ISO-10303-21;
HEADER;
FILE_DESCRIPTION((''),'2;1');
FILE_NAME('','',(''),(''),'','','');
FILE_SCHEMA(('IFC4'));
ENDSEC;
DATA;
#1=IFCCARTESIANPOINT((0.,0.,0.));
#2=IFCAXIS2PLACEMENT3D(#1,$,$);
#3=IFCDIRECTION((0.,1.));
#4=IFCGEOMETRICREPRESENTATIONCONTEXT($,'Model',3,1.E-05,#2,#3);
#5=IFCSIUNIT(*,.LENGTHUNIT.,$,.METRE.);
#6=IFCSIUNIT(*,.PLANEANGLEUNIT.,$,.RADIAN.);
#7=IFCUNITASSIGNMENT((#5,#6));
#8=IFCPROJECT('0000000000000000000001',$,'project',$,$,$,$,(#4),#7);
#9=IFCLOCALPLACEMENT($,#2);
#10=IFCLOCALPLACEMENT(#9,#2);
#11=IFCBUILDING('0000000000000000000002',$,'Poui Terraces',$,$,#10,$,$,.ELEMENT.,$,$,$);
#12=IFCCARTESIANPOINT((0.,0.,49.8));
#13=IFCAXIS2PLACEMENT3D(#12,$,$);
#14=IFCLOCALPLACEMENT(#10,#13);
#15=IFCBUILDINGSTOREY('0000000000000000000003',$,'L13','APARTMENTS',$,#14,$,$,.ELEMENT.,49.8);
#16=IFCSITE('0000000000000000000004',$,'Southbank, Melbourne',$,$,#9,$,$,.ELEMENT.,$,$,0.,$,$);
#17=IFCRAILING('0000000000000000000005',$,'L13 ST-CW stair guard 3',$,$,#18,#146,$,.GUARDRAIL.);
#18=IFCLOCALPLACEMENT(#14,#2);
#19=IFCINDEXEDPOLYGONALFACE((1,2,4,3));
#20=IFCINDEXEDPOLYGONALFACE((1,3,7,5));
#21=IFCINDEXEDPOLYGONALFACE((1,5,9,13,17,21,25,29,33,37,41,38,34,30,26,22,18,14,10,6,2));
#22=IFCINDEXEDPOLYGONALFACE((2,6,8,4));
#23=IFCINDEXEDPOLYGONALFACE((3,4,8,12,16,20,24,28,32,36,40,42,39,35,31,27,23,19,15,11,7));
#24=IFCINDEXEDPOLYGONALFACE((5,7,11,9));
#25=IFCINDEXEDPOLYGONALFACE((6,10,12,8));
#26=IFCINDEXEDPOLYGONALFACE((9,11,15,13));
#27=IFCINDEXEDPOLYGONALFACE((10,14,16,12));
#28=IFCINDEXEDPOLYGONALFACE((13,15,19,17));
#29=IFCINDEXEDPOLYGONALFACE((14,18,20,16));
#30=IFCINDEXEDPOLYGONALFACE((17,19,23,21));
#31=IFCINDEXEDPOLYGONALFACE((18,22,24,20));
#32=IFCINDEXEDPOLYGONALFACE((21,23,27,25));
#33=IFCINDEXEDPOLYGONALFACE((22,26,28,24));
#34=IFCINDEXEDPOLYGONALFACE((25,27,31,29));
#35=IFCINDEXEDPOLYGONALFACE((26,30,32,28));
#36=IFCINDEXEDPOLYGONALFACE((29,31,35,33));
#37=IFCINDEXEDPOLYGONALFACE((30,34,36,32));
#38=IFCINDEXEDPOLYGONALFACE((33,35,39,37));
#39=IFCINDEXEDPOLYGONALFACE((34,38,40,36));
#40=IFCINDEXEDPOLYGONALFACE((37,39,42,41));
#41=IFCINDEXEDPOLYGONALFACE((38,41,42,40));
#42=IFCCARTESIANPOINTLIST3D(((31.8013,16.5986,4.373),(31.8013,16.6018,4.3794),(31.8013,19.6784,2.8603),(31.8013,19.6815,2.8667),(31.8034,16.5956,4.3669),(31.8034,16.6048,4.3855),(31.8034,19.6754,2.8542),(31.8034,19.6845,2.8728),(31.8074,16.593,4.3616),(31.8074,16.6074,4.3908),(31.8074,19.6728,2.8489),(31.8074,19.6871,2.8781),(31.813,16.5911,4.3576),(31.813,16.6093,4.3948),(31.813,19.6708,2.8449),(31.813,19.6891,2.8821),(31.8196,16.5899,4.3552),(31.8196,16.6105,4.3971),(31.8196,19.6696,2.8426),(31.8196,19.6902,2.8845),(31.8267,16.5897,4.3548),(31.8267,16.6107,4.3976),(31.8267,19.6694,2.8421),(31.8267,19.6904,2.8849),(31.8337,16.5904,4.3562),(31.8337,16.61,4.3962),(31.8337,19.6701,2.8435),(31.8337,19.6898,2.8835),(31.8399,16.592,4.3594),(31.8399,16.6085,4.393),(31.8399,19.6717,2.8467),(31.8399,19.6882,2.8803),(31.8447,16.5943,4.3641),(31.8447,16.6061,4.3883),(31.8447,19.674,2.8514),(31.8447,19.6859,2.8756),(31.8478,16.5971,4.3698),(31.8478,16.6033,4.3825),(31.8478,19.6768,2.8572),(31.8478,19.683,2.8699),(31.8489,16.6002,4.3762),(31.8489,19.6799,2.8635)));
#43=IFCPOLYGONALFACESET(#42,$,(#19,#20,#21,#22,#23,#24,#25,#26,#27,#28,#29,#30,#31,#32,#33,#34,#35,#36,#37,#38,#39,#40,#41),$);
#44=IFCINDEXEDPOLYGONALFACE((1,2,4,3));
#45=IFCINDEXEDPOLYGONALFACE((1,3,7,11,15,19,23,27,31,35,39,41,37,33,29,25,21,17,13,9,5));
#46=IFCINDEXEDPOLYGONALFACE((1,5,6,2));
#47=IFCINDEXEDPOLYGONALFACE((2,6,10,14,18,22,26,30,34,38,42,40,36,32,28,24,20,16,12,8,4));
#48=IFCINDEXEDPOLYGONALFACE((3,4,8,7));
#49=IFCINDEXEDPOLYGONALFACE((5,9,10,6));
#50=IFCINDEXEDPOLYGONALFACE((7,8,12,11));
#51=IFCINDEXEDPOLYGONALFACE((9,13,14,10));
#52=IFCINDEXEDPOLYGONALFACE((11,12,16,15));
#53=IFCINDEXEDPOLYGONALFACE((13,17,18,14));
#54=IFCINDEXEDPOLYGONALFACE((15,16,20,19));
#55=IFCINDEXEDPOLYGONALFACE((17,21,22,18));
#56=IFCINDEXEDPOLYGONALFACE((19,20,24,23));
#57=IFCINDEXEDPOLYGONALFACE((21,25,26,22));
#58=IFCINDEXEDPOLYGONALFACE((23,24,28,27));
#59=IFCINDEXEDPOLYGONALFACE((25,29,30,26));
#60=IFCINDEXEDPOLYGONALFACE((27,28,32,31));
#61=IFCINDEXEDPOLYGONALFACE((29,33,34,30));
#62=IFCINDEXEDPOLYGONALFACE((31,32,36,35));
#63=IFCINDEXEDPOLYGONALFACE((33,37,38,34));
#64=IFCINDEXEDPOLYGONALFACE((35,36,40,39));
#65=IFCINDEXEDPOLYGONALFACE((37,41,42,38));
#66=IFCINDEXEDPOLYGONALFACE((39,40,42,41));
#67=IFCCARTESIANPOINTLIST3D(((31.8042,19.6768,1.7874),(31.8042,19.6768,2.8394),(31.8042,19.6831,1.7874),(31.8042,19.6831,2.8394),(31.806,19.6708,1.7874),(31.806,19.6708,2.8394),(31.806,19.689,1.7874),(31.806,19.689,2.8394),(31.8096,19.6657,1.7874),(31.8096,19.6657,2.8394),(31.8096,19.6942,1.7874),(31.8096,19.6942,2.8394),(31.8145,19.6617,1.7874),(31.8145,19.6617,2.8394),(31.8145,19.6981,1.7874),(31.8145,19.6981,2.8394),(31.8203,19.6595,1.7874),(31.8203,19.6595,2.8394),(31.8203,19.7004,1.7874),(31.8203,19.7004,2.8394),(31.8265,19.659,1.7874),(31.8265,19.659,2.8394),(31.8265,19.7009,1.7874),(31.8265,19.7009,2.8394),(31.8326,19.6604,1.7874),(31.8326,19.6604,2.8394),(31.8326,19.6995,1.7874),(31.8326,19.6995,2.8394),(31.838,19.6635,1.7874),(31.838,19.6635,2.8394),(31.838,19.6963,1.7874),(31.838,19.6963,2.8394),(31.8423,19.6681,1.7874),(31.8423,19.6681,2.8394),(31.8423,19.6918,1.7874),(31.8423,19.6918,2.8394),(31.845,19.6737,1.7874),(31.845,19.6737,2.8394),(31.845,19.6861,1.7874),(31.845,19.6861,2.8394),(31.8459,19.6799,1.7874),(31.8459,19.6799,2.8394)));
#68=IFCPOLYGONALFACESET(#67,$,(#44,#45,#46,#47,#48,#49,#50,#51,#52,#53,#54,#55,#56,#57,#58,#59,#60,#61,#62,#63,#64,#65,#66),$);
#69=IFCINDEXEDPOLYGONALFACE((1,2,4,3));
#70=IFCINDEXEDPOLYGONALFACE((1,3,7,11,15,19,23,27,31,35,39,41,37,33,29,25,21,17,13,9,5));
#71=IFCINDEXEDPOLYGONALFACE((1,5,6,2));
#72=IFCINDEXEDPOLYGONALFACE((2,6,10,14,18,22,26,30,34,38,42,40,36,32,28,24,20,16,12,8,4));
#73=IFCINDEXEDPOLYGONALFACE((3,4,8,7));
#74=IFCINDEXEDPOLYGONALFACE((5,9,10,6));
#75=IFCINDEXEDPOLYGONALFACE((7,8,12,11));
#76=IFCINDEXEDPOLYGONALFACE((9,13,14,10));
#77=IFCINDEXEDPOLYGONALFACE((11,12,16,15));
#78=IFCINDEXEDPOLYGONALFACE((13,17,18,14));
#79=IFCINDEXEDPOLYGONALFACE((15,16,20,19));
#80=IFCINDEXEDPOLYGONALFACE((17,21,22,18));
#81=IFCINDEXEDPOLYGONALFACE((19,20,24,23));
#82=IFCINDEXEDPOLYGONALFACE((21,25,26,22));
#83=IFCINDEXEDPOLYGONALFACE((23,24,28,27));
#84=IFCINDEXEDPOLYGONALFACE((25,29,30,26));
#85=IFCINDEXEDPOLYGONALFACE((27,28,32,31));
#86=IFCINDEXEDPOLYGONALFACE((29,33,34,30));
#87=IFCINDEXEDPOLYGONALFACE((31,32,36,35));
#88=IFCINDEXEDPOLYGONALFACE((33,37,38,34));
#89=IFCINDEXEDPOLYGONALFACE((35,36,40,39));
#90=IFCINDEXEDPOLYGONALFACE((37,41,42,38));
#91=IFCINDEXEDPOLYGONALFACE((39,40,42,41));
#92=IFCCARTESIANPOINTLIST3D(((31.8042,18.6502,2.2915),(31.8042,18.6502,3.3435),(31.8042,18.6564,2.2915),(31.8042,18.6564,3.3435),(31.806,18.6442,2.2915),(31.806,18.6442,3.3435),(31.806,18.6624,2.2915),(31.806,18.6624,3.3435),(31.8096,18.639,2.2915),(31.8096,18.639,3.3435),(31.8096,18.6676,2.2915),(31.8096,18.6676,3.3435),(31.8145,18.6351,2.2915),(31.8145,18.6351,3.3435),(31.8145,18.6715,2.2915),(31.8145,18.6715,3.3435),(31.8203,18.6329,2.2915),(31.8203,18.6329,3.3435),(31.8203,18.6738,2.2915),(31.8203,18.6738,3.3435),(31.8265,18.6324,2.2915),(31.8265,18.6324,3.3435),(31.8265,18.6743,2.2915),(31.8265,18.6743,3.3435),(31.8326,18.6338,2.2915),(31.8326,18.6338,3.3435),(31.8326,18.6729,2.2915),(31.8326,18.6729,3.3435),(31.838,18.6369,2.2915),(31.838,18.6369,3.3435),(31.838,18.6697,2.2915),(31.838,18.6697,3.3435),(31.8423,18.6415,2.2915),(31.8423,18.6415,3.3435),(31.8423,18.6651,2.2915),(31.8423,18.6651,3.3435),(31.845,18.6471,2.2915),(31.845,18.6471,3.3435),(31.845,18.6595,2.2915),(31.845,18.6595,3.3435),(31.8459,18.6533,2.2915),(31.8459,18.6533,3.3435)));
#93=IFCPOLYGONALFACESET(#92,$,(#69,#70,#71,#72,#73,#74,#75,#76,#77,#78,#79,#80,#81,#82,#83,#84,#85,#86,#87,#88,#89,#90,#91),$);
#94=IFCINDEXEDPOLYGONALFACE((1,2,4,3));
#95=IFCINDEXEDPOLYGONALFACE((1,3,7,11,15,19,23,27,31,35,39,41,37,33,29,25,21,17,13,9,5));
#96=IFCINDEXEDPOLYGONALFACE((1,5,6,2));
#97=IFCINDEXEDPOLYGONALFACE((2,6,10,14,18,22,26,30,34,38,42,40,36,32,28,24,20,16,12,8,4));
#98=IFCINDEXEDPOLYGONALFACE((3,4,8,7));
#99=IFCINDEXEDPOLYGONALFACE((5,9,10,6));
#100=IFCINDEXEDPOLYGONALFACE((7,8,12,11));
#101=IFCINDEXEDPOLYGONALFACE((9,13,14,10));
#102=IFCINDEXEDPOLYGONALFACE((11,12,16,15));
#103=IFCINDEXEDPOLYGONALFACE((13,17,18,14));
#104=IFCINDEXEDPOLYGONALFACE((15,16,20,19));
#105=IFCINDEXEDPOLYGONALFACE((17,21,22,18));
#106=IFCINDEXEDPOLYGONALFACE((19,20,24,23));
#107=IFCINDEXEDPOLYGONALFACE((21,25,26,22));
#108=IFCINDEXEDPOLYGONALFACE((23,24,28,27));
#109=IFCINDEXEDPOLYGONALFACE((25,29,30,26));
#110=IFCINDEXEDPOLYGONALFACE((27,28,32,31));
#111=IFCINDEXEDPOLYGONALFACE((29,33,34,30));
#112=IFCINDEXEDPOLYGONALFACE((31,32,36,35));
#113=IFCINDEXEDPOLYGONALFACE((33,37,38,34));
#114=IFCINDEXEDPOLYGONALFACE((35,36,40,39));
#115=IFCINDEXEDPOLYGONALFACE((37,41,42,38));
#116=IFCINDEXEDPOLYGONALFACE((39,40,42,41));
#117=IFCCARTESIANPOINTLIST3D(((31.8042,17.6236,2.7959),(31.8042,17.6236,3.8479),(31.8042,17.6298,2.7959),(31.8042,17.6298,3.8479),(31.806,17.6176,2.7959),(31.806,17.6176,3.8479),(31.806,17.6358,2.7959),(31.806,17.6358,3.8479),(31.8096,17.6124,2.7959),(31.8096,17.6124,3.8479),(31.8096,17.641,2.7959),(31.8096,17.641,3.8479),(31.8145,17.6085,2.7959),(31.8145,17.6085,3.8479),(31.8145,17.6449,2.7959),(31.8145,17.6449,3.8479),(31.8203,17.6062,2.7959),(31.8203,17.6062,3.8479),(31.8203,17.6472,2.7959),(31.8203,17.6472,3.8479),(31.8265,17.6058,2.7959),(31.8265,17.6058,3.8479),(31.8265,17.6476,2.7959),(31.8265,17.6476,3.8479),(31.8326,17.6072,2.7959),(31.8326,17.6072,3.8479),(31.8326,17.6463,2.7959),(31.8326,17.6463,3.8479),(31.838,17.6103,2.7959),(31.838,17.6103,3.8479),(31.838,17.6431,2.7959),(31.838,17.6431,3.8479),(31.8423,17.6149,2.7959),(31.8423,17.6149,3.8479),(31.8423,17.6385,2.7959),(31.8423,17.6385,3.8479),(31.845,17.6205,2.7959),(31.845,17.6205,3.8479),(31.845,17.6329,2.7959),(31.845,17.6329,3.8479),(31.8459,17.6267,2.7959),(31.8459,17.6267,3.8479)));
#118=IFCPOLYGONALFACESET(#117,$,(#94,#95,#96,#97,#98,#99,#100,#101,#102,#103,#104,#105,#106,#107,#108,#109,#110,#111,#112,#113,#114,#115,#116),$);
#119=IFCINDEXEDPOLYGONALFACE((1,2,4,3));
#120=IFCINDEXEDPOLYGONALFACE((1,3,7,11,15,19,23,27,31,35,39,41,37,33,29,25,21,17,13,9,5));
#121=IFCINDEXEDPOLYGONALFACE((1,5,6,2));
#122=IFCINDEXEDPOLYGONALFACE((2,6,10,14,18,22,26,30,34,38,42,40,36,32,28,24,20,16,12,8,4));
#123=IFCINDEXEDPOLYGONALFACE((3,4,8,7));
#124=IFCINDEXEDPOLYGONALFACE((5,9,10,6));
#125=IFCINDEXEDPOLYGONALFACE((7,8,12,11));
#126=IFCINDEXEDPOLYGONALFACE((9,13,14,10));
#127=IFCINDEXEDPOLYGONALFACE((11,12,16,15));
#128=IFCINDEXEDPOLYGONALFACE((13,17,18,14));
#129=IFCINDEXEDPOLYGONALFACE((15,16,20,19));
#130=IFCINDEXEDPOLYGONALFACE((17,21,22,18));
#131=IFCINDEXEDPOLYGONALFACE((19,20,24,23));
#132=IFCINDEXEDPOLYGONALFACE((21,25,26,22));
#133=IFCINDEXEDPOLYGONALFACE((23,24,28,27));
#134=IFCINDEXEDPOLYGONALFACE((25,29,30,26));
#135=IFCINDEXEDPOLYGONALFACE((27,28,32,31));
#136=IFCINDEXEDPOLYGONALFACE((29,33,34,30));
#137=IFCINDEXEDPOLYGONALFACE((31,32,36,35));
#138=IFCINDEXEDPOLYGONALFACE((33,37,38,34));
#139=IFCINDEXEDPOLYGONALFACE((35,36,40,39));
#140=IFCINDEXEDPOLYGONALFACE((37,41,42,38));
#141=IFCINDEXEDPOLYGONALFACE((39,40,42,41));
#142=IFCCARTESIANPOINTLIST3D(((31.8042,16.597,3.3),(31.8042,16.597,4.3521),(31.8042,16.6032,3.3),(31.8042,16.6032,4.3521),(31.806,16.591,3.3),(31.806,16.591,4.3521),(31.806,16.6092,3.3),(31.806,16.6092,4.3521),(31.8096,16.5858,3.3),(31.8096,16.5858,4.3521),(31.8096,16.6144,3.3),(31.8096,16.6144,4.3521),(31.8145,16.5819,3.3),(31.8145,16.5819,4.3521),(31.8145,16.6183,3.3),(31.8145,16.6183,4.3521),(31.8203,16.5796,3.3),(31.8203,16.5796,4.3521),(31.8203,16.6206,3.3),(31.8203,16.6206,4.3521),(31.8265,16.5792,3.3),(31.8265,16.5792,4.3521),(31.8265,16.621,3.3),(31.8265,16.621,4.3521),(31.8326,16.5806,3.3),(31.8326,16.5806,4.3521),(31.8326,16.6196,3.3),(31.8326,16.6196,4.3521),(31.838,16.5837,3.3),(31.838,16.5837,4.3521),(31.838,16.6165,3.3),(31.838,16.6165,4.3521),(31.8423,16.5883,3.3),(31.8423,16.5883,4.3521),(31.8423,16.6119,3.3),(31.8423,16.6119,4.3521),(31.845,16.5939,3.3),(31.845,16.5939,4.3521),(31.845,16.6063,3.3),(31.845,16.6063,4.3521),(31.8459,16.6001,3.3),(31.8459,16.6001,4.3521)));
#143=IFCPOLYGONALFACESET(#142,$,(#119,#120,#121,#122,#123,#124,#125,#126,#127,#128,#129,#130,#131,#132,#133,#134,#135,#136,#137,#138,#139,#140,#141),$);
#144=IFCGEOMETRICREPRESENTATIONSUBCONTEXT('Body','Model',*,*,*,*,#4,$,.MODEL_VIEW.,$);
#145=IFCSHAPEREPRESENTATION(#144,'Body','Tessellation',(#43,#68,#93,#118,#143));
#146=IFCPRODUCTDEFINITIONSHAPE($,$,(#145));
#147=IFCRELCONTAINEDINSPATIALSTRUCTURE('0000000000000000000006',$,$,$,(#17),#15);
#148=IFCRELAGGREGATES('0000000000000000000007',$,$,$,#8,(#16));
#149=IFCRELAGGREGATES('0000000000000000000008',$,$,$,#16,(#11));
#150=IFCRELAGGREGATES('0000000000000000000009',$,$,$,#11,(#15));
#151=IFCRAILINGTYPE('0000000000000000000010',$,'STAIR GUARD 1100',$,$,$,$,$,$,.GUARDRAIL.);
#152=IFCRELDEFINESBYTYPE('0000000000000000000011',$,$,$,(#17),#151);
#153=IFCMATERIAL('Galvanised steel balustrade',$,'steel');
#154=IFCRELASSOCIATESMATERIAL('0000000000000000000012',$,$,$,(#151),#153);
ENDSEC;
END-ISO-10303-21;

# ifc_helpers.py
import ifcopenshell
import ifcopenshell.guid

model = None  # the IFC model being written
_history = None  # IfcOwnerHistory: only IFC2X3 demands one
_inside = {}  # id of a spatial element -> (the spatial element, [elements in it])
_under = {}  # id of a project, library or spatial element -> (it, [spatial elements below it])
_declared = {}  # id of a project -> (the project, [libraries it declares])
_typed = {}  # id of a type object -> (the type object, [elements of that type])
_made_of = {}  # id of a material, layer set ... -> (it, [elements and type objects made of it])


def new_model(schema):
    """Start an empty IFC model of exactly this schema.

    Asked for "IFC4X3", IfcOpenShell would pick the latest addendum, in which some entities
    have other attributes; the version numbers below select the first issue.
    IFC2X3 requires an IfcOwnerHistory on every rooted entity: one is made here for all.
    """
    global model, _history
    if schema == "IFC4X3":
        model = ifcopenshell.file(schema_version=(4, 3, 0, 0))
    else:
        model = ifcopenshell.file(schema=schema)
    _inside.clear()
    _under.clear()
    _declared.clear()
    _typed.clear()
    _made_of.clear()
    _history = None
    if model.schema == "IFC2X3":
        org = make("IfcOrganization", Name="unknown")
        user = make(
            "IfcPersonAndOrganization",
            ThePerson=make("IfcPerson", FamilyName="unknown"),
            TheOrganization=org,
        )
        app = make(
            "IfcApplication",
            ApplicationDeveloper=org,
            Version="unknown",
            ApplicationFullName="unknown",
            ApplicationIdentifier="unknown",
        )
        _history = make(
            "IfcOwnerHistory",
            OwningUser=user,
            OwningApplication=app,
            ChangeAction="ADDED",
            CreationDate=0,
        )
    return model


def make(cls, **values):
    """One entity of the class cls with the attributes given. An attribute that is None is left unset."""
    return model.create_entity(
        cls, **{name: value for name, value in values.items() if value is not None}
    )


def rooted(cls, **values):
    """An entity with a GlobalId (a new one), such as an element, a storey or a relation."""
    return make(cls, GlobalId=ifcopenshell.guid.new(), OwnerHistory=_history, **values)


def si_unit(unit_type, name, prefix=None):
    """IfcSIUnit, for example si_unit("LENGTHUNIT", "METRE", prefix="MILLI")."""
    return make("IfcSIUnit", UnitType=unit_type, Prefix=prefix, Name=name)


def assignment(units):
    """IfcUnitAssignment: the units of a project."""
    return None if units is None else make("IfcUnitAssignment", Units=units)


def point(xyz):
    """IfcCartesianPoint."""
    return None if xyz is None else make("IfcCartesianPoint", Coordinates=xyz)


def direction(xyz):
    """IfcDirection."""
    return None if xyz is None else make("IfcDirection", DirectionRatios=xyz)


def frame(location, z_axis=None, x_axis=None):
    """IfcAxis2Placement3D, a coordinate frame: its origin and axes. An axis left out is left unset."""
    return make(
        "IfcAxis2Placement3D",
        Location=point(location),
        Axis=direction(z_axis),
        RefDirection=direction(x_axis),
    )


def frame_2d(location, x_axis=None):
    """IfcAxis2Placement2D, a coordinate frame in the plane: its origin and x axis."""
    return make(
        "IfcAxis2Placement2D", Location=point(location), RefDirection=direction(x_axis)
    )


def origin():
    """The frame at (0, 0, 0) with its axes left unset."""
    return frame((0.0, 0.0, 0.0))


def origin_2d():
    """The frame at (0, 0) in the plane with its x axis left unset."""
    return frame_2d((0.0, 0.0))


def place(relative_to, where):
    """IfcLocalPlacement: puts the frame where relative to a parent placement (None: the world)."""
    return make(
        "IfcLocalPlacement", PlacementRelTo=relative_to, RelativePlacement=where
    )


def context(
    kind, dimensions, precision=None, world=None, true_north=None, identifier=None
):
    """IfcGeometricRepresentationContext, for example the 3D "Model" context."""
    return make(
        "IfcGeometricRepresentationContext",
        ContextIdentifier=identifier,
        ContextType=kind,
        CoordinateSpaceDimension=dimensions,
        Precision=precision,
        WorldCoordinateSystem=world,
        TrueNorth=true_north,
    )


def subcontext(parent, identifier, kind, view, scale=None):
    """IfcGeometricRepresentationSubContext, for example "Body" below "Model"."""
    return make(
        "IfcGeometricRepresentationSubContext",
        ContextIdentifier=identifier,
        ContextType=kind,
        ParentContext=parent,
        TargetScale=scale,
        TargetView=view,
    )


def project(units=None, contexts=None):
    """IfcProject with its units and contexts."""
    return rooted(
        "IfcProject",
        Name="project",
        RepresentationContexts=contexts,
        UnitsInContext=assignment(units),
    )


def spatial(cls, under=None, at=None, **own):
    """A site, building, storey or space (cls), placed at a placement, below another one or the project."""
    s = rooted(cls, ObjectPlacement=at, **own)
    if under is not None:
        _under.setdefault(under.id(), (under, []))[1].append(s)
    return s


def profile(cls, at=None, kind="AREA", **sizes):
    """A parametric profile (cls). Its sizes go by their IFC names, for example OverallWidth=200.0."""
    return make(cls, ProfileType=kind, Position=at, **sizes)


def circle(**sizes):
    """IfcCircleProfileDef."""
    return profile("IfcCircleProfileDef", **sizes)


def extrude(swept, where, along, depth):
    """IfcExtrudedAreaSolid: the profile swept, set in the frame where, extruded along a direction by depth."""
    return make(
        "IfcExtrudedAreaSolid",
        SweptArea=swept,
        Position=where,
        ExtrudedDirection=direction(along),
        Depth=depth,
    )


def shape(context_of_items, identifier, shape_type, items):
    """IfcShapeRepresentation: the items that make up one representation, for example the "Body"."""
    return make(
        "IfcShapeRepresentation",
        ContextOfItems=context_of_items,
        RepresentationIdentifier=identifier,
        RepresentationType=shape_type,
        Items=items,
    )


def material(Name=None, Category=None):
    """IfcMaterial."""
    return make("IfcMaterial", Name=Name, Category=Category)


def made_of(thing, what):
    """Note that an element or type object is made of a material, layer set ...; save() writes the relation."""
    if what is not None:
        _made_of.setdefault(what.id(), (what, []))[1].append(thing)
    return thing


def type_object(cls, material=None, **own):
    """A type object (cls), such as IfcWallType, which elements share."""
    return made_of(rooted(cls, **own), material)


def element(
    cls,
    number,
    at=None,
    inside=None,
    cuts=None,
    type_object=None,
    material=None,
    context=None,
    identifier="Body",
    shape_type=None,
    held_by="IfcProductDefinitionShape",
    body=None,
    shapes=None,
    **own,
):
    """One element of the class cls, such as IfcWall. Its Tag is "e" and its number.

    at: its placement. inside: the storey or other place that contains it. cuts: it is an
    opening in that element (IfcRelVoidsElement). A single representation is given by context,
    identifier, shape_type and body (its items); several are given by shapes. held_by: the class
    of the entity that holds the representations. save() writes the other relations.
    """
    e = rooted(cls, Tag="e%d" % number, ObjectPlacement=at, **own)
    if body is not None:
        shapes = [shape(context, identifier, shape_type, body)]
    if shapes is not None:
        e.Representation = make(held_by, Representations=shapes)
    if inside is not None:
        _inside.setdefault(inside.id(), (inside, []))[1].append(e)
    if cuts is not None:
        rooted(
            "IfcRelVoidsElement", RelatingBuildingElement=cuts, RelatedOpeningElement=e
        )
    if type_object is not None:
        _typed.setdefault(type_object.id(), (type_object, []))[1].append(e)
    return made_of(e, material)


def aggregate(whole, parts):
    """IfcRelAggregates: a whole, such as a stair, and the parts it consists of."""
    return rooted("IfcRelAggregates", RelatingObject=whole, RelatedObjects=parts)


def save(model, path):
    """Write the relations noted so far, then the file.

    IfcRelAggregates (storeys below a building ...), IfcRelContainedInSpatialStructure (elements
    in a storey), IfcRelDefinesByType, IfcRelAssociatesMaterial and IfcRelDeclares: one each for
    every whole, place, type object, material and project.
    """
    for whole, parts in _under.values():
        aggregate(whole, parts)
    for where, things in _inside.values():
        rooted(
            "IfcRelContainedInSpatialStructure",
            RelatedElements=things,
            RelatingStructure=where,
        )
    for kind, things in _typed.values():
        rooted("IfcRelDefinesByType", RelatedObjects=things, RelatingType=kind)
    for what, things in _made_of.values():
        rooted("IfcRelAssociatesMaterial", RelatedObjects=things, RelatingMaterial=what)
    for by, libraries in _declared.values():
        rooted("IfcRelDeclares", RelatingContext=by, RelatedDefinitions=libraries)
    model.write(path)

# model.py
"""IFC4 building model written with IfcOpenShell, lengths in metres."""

from ifc_helpers import new_model, si_unit, direction, frame, origin, origin_2d, place, context, subcontext, project, spatial, circle, extrude, material, type_object, element, save


model = new_model("IFC4")

# Units and contexts
model_context = context("Model", 3, precision=1e-05, world=origin(), true_north=direction((0.0, 1.0)))
body_context = subcontext(model_context, "Body", "Model", "MODEL_VIEW")
ifc_project = project(units=[si_unit("LENGTHUNIT", "METRE"), si_unit("PLANEANGLEUNIT", "RADIAN")], contexts=[model_context])

# Site, building, storey
site_placement = place(None, origin())
site = spatial("IfcSite", under=ifc_project, at=site_placement, Name="Southbank, Melbourne", CompositionType="ELEMENT", RefElevation=0.0)
building_placement = place(site_placement, origin())
building = spatial("IfcBuilding", under=site, at=building_placement, Name="Poui Terraces", CompositionType="ELEMENT")
storey_placement = place(building_placement, frame((0.0, 0.0, 49.8)))
storey = spatial("IfcBuildingStorey", under=building, at=storey_placement, Name="L13", Description="APARTMENTS", CompositionType="ELEMENT", Elevation=49.8)

# Railing
ifc_material_1 = material(Name="Galvanised steel balustrade", Category="steel")
railing_type_1 = type_object("IfcRailingType", Name="STAIR GUARD 1100", PredefinedType="GUARDRAIL", material=ifc_material_1)
railing_1_placement = place(storey_placement, frame((31.825, 19.6799, 1.7874)))
element("IfcRailing", 1, at=railing_1_placement, inside=storey, type_object=railing_type_1, Name="L13 ST-CW stair guard 3", PredefinedType="GUARDRAIL", context=body_context, shape_type="SweptSolid", body=[
    extrude(circle(Radius=0.0239, at=origin_2d()), frame((0.0, 0.0, 1.0762), z_axis=(0.0, -0.897578, 0.440856), x_axis=(1.0, 0.0, 0.0)), (0.0, 0.0, 1.0), 3.4312),
    extrude(circle(Radius=0.021, at=origin_2d()), origin(), (0.0, 0.0, 1.0), 1.052),
    extrude(circle(Radius=0.021, at=origin_2d()), frame((0.0, -1.0266, 0.5042)), (0.0, 0.0, 1.0), 1.052),
    extrude(circle(Radius=0.021, at=origin_2d()), frame((0.0, -2.0532, 1.0085)), (0.0, 0.0, 1.0), 1.052),
    extrude(circle(Radius=0.021, at=origin_2d()), frame((0.0, -3.0798, 1.5127)), (0.0, 0.0, 1.0), 1.052),
])

save(model, "model.ifc")
